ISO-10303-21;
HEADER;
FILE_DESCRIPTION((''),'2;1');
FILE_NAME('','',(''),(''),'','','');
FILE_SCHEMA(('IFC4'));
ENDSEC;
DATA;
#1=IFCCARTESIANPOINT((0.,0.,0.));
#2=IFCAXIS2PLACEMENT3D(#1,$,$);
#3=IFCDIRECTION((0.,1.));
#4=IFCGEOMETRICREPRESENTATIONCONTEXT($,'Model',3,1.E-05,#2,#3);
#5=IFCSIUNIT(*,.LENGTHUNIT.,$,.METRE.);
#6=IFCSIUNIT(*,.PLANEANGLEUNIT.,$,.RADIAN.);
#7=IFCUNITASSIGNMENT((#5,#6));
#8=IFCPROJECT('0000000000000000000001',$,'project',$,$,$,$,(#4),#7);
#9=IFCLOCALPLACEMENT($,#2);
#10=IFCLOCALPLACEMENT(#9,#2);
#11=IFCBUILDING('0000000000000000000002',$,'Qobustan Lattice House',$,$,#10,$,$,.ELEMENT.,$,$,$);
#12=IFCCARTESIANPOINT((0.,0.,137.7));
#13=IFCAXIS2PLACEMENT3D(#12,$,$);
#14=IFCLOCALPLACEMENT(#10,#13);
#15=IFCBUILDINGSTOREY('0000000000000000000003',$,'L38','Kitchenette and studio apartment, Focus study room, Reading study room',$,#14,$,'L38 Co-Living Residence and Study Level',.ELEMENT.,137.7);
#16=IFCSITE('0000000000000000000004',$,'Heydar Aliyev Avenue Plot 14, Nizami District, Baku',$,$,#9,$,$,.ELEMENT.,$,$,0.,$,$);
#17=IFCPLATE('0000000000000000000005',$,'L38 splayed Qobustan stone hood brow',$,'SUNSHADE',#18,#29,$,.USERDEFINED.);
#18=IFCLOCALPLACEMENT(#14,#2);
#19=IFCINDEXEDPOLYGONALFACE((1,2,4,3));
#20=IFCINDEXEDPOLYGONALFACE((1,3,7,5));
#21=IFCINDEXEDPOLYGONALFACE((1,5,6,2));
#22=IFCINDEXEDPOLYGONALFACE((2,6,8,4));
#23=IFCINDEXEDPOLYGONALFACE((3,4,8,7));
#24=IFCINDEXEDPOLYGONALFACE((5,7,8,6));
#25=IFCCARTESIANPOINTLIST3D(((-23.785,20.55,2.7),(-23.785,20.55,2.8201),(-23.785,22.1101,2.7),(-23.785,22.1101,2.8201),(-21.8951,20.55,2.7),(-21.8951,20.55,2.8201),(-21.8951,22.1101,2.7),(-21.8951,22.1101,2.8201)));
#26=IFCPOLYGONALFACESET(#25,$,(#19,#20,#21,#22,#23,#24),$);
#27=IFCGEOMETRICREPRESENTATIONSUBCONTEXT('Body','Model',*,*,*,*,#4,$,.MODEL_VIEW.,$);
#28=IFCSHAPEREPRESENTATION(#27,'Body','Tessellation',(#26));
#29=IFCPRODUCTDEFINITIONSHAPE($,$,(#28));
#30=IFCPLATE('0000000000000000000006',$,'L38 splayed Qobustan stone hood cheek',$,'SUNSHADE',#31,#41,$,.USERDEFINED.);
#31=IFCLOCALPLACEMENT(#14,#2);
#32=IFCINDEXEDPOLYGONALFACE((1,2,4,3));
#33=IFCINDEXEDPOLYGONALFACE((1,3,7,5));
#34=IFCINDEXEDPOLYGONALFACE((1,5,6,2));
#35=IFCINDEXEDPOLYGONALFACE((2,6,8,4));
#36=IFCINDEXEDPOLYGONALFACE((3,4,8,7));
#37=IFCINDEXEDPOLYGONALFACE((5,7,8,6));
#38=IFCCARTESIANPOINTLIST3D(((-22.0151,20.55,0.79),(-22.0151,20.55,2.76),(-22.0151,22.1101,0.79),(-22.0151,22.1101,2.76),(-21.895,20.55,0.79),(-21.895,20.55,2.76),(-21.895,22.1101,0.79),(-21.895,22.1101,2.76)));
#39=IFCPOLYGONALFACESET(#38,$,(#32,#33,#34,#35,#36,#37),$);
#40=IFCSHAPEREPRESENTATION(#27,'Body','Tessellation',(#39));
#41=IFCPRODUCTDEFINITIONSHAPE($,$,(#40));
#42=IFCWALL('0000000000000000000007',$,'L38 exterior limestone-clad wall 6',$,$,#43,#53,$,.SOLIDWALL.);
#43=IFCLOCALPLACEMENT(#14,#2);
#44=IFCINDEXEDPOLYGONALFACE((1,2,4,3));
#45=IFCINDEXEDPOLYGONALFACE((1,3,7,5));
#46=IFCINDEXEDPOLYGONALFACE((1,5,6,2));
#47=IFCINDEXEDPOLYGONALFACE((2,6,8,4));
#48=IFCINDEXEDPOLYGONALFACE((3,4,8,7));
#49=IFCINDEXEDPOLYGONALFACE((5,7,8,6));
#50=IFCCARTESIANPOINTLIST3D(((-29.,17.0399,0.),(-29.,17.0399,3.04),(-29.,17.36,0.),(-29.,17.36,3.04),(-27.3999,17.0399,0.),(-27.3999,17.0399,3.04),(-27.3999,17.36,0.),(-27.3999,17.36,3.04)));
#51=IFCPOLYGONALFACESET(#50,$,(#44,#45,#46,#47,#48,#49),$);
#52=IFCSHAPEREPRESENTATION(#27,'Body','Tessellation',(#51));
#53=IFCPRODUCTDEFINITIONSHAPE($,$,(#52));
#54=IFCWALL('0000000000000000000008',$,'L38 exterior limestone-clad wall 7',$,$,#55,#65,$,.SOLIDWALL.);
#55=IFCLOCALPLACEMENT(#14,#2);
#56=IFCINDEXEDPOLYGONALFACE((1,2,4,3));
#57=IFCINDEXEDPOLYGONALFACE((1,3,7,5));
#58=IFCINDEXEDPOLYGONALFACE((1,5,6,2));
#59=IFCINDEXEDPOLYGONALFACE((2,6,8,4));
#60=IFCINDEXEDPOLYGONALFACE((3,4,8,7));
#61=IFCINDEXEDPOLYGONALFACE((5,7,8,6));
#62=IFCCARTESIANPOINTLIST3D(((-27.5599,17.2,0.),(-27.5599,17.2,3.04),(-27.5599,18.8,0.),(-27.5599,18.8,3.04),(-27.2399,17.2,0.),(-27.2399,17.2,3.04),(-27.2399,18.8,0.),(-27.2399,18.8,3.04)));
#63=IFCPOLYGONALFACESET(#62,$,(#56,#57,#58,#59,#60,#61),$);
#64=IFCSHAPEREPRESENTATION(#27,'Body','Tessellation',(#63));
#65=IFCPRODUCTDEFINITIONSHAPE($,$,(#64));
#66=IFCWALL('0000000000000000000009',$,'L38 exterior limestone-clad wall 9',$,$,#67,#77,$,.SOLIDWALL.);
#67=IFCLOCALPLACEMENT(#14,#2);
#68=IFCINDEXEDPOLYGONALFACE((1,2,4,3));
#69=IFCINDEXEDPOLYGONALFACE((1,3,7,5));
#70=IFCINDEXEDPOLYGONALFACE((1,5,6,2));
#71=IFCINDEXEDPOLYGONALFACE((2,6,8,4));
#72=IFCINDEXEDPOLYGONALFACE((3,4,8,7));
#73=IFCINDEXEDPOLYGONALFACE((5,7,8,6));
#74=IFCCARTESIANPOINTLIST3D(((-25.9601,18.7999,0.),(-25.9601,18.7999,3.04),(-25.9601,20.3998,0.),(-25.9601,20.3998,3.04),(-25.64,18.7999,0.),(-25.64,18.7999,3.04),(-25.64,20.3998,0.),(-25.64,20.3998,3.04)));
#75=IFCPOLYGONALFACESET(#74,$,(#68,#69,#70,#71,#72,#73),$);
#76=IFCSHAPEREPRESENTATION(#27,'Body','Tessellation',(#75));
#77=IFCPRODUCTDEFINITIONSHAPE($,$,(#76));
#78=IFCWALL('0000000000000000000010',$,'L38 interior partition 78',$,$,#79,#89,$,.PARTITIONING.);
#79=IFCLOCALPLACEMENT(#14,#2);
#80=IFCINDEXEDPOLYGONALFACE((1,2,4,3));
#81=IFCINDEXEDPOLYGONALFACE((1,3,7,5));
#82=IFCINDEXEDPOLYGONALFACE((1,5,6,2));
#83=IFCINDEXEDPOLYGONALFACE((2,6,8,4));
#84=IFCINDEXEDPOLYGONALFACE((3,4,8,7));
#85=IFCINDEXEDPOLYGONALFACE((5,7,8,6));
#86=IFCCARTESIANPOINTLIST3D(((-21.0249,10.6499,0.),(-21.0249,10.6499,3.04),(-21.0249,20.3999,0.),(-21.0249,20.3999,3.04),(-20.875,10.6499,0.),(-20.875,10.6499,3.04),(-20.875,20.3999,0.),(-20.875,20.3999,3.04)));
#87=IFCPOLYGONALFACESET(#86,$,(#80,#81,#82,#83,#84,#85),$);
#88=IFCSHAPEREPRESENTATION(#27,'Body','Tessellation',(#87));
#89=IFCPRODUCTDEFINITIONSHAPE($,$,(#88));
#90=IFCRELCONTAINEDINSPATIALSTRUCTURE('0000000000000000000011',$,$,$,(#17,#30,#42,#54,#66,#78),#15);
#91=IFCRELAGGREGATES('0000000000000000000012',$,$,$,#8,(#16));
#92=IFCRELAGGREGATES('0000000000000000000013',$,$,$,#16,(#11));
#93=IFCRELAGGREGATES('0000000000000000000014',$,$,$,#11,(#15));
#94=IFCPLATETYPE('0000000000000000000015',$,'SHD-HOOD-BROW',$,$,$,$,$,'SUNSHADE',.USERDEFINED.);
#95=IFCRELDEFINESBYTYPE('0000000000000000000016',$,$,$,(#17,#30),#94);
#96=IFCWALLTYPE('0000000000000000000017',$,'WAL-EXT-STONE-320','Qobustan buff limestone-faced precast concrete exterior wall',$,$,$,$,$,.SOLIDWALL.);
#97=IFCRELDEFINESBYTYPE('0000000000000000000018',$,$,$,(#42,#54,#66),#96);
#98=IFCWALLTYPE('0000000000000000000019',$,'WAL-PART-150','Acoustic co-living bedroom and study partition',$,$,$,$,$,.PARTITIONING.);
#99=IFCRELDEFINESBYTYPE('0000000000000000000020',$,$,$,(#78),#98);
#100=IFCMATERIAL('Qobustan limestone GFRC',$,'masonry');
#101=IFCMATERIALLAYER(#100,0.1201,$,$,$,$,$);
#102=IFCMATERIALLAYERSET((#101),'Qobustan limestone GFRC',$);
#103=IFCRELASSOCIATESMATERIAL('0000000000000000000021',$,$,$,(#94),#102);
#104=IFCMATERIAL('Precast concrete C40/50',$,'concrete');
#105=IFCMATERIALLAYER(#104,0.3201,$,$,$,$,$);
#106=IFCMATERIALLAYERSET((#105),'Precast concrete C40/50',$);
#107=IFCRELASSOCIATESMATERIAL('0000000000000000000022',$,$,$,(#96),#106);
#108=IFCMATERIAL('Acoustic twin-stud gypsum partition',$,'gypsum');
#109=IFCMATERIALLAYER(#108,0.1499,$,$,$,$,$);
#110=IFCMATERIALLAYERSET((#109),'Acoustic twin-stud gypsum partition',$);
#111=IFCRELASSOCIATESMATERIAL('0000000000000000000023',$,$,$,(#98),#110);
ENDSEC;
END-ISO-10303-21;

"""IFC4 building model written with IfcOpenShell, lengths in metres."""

from ifc_helpers import new_model, si_unit, direction, frame, frame_2d, origin, origin_2d, place, context, subcontext, project, spatial, rectangle, extrude, material, layer, layer_set, type_object, element, save


model = new_model("IFC4")

# Units and contexts
model_context = context("Model", 3, precision=1e-05, world=origin(), true_north=direction((0.0, 1.0)))
body_context = subcontext(model_context, "Body", "Model", "MODEL_VIEW")
ifc_project = project(units=[si_unit("LENGTHUNIT", "METRE"), si_unit("PLANEANGLEUNIT", "RADIAN")], contexts=[model_context])

# Site, building, storey
site_placement = place(None, origin())
site = spatial("IfcSite", under=ifc_project, at=site_placement, Name="Heydar Aliyev Avenue Plot 14, Nizami District, Baku", CompositionType="ELEMENT", RefElevation=0.0)
building_placement = place(site_placement, origin())
building = spatial("IfcBuilding", under=site, at=building_placement, Name="Qobustan Lattice House", CompositionType="ELEMENT")
storey_placement = place(building_placement, frame((0.0, 0.0, 137.7)))
storey = spatial("IfcBuildingStorey", under=building, at=storey_placement, Name="L38", Description="Kitchenette and studio apartment, Focus study room, Reading study room", LongName="L38 Co-Living Residence and Study Level", CompositionType="ELEMENT", Elevation=137.7)

# Plates
ifc_material_1 = material(Name="Qobustan limestone GFRC", Category="masonry")
ifc_layer_1 = layer(ifc_material_1, 0.1201)
ifc_layer_set_1 = layer_set([ifc_layer_1], Name="Qobustan limestone GFRC")
plate_type_1 = type_object("IfcPlateType", Name="SHD-HOOD-BROW", ElementType="SUNSHADE", PredefinedType="USERDEFINED", material=ifc_layer_set_1)
plate_1_placement = place(storey_placement, frame((-22.8401, 21.3301, 2.7), z_axis=(0.0, 0.0, 1.0), x_axis=(1.0, 0.0, 0.0)))
element("IfcPlate", 1, at=plate_1_placement, inside=storey, type_object=plate_type_1, Name="L38 splayed Qobustan stone hood brow", ObjectType="SUNSHADE", PredefinedType="USERDEFINED", context=body_context, shape_type="SweptSolid", body=[
    extrude(rectangle(XDim=1.8899, YDim=1.5601, at=origin_2d()), origin(), (0.0, 0.0, 1.0), 0.1201),
])
plate_2_placement = place(storey_placement, frame((-21.9551, 21.3301, 0.79), z_axis=(0.0, 0.0, 1.0), x_axis=(1.0, 0.0, 0.0)))
element("IfcPlate", 2, at=plate_2_placement, inside=storey, type_object=plate_type_1, Name="L38 splayed Qobustan stone hood cheek", ObjectType="SUNSHADE", PredefinedType="USERDEFINED", context=body_context, shape_type="SweptSolid", body=[
    extrude(rectangle(XDim=0.1201, YDim=1.5601, at=origin_2d()), origin(), (0.0, 0.0, 1.0), 1.97),
])

# Walls
ifc_material_2 = material(Name="Precast concrete C40/50", Category="concrete")
ifc_layer_2 = layer(ifc_material_2, 0.3201)
ifc_layer_set_2 = layer_set([ifc_layer_2], Name="Precast concrete C40/50")
wall_type_1 = type_object("IfcWallType", Name="WAL-EXT-STONE-320", Description="Qobustan buff limestone-faced precast concrete exterior wall", PredefinedType="SOLIDWALL", material=ifc_layer_set_2)
for number, where, z_axis, x_axis, name in (
    (3, (-29.0, 17.2, 0.0), (0.0, 0.0, 1.0), (1.0, 0.0, 0.0), "L38 exterior limestone-clad wall 6"),
    (4, (-27.3999, 17.2, 0.0), (0.0, 0.0, 1.0), (0.0, 1.0, 0.0), "L38 exterior limestone-clad wall 7"),
):
    element("IfcWall", number, at=place(storey_placement, frame(where, z_axis=z_axis, x_axis=x_axis)), inside=storey, type_object=wall_type_1, Name=name, PredefinedType="SOLIDWALL", context=body_context, shape_type="SweptSolid", body=[
        extrude(rectangle(XDim=1.6001, YDim=0.3201, at=frame_2d((0.8, 0.0))), origin(), (0.0, 0.0, 1.0), 3.04),
    ])
wall_1_placement = place(storey_placement, frame((-25.8, 18.8, 0.0), z_axis=(0.0, 0.0, 1.0), x_axis=(0.0, 1.0, 0.0)))
element("IfcWall", 5, at=wall_1_placement, inside=storey, type_object=wall_type_1, Name="L38 exterior limestone-clad wall 9", PredefinedType="SOLIDWALL", context=body_context, shape_type="SweptSolid", body=[
    extrude(rectangle(XDim=1.5999, YDim=0.3201, at=frame_2d((0.7998, 0.0))), origin(), (0.0, 0.0, 1.0), 3.04),
])

# Wall
ifc_material_3 = material(Name="Acoustic twin-stud gypsum partition", Category="gypsum")
ifc_layer_3 = layer(ifc_material_3, 0.1499)
ifc_layer_set_3 = layer_set([ifc_layer_3], Name="Acoustic twin-stud gypsum partition")
wall_type_2 = type_object("IfcWallType", Name="WAL-PART-150", Description="Acoustic co-living bedroom and study partition", PredefinedType="PARTITIONING", material=ifc_layer_set_3)
wall_2_placement = place(storey_placement, frame((-20.95, 20.3999, 0.0), z_axis=(0.0, 0.0, 1.0), x_axis=(0.0, -1.0, 0.0)))
element("IfcWall", 6, at=wall_2_placement, inside=storey, type_object=wall_type_2, Name="L38 interior partition 78", PredefinedType="PARTITIONING", context=body_context, shape_type="SweptSolid", body=[
    extrude(rectangle(XDim=9.75, YDim=0.1499, at=frame_2d((4.875, 0.0))), origin(), (0.0, 0.0, 1.0), 3.04),
])

save(model, "model.ifc")
